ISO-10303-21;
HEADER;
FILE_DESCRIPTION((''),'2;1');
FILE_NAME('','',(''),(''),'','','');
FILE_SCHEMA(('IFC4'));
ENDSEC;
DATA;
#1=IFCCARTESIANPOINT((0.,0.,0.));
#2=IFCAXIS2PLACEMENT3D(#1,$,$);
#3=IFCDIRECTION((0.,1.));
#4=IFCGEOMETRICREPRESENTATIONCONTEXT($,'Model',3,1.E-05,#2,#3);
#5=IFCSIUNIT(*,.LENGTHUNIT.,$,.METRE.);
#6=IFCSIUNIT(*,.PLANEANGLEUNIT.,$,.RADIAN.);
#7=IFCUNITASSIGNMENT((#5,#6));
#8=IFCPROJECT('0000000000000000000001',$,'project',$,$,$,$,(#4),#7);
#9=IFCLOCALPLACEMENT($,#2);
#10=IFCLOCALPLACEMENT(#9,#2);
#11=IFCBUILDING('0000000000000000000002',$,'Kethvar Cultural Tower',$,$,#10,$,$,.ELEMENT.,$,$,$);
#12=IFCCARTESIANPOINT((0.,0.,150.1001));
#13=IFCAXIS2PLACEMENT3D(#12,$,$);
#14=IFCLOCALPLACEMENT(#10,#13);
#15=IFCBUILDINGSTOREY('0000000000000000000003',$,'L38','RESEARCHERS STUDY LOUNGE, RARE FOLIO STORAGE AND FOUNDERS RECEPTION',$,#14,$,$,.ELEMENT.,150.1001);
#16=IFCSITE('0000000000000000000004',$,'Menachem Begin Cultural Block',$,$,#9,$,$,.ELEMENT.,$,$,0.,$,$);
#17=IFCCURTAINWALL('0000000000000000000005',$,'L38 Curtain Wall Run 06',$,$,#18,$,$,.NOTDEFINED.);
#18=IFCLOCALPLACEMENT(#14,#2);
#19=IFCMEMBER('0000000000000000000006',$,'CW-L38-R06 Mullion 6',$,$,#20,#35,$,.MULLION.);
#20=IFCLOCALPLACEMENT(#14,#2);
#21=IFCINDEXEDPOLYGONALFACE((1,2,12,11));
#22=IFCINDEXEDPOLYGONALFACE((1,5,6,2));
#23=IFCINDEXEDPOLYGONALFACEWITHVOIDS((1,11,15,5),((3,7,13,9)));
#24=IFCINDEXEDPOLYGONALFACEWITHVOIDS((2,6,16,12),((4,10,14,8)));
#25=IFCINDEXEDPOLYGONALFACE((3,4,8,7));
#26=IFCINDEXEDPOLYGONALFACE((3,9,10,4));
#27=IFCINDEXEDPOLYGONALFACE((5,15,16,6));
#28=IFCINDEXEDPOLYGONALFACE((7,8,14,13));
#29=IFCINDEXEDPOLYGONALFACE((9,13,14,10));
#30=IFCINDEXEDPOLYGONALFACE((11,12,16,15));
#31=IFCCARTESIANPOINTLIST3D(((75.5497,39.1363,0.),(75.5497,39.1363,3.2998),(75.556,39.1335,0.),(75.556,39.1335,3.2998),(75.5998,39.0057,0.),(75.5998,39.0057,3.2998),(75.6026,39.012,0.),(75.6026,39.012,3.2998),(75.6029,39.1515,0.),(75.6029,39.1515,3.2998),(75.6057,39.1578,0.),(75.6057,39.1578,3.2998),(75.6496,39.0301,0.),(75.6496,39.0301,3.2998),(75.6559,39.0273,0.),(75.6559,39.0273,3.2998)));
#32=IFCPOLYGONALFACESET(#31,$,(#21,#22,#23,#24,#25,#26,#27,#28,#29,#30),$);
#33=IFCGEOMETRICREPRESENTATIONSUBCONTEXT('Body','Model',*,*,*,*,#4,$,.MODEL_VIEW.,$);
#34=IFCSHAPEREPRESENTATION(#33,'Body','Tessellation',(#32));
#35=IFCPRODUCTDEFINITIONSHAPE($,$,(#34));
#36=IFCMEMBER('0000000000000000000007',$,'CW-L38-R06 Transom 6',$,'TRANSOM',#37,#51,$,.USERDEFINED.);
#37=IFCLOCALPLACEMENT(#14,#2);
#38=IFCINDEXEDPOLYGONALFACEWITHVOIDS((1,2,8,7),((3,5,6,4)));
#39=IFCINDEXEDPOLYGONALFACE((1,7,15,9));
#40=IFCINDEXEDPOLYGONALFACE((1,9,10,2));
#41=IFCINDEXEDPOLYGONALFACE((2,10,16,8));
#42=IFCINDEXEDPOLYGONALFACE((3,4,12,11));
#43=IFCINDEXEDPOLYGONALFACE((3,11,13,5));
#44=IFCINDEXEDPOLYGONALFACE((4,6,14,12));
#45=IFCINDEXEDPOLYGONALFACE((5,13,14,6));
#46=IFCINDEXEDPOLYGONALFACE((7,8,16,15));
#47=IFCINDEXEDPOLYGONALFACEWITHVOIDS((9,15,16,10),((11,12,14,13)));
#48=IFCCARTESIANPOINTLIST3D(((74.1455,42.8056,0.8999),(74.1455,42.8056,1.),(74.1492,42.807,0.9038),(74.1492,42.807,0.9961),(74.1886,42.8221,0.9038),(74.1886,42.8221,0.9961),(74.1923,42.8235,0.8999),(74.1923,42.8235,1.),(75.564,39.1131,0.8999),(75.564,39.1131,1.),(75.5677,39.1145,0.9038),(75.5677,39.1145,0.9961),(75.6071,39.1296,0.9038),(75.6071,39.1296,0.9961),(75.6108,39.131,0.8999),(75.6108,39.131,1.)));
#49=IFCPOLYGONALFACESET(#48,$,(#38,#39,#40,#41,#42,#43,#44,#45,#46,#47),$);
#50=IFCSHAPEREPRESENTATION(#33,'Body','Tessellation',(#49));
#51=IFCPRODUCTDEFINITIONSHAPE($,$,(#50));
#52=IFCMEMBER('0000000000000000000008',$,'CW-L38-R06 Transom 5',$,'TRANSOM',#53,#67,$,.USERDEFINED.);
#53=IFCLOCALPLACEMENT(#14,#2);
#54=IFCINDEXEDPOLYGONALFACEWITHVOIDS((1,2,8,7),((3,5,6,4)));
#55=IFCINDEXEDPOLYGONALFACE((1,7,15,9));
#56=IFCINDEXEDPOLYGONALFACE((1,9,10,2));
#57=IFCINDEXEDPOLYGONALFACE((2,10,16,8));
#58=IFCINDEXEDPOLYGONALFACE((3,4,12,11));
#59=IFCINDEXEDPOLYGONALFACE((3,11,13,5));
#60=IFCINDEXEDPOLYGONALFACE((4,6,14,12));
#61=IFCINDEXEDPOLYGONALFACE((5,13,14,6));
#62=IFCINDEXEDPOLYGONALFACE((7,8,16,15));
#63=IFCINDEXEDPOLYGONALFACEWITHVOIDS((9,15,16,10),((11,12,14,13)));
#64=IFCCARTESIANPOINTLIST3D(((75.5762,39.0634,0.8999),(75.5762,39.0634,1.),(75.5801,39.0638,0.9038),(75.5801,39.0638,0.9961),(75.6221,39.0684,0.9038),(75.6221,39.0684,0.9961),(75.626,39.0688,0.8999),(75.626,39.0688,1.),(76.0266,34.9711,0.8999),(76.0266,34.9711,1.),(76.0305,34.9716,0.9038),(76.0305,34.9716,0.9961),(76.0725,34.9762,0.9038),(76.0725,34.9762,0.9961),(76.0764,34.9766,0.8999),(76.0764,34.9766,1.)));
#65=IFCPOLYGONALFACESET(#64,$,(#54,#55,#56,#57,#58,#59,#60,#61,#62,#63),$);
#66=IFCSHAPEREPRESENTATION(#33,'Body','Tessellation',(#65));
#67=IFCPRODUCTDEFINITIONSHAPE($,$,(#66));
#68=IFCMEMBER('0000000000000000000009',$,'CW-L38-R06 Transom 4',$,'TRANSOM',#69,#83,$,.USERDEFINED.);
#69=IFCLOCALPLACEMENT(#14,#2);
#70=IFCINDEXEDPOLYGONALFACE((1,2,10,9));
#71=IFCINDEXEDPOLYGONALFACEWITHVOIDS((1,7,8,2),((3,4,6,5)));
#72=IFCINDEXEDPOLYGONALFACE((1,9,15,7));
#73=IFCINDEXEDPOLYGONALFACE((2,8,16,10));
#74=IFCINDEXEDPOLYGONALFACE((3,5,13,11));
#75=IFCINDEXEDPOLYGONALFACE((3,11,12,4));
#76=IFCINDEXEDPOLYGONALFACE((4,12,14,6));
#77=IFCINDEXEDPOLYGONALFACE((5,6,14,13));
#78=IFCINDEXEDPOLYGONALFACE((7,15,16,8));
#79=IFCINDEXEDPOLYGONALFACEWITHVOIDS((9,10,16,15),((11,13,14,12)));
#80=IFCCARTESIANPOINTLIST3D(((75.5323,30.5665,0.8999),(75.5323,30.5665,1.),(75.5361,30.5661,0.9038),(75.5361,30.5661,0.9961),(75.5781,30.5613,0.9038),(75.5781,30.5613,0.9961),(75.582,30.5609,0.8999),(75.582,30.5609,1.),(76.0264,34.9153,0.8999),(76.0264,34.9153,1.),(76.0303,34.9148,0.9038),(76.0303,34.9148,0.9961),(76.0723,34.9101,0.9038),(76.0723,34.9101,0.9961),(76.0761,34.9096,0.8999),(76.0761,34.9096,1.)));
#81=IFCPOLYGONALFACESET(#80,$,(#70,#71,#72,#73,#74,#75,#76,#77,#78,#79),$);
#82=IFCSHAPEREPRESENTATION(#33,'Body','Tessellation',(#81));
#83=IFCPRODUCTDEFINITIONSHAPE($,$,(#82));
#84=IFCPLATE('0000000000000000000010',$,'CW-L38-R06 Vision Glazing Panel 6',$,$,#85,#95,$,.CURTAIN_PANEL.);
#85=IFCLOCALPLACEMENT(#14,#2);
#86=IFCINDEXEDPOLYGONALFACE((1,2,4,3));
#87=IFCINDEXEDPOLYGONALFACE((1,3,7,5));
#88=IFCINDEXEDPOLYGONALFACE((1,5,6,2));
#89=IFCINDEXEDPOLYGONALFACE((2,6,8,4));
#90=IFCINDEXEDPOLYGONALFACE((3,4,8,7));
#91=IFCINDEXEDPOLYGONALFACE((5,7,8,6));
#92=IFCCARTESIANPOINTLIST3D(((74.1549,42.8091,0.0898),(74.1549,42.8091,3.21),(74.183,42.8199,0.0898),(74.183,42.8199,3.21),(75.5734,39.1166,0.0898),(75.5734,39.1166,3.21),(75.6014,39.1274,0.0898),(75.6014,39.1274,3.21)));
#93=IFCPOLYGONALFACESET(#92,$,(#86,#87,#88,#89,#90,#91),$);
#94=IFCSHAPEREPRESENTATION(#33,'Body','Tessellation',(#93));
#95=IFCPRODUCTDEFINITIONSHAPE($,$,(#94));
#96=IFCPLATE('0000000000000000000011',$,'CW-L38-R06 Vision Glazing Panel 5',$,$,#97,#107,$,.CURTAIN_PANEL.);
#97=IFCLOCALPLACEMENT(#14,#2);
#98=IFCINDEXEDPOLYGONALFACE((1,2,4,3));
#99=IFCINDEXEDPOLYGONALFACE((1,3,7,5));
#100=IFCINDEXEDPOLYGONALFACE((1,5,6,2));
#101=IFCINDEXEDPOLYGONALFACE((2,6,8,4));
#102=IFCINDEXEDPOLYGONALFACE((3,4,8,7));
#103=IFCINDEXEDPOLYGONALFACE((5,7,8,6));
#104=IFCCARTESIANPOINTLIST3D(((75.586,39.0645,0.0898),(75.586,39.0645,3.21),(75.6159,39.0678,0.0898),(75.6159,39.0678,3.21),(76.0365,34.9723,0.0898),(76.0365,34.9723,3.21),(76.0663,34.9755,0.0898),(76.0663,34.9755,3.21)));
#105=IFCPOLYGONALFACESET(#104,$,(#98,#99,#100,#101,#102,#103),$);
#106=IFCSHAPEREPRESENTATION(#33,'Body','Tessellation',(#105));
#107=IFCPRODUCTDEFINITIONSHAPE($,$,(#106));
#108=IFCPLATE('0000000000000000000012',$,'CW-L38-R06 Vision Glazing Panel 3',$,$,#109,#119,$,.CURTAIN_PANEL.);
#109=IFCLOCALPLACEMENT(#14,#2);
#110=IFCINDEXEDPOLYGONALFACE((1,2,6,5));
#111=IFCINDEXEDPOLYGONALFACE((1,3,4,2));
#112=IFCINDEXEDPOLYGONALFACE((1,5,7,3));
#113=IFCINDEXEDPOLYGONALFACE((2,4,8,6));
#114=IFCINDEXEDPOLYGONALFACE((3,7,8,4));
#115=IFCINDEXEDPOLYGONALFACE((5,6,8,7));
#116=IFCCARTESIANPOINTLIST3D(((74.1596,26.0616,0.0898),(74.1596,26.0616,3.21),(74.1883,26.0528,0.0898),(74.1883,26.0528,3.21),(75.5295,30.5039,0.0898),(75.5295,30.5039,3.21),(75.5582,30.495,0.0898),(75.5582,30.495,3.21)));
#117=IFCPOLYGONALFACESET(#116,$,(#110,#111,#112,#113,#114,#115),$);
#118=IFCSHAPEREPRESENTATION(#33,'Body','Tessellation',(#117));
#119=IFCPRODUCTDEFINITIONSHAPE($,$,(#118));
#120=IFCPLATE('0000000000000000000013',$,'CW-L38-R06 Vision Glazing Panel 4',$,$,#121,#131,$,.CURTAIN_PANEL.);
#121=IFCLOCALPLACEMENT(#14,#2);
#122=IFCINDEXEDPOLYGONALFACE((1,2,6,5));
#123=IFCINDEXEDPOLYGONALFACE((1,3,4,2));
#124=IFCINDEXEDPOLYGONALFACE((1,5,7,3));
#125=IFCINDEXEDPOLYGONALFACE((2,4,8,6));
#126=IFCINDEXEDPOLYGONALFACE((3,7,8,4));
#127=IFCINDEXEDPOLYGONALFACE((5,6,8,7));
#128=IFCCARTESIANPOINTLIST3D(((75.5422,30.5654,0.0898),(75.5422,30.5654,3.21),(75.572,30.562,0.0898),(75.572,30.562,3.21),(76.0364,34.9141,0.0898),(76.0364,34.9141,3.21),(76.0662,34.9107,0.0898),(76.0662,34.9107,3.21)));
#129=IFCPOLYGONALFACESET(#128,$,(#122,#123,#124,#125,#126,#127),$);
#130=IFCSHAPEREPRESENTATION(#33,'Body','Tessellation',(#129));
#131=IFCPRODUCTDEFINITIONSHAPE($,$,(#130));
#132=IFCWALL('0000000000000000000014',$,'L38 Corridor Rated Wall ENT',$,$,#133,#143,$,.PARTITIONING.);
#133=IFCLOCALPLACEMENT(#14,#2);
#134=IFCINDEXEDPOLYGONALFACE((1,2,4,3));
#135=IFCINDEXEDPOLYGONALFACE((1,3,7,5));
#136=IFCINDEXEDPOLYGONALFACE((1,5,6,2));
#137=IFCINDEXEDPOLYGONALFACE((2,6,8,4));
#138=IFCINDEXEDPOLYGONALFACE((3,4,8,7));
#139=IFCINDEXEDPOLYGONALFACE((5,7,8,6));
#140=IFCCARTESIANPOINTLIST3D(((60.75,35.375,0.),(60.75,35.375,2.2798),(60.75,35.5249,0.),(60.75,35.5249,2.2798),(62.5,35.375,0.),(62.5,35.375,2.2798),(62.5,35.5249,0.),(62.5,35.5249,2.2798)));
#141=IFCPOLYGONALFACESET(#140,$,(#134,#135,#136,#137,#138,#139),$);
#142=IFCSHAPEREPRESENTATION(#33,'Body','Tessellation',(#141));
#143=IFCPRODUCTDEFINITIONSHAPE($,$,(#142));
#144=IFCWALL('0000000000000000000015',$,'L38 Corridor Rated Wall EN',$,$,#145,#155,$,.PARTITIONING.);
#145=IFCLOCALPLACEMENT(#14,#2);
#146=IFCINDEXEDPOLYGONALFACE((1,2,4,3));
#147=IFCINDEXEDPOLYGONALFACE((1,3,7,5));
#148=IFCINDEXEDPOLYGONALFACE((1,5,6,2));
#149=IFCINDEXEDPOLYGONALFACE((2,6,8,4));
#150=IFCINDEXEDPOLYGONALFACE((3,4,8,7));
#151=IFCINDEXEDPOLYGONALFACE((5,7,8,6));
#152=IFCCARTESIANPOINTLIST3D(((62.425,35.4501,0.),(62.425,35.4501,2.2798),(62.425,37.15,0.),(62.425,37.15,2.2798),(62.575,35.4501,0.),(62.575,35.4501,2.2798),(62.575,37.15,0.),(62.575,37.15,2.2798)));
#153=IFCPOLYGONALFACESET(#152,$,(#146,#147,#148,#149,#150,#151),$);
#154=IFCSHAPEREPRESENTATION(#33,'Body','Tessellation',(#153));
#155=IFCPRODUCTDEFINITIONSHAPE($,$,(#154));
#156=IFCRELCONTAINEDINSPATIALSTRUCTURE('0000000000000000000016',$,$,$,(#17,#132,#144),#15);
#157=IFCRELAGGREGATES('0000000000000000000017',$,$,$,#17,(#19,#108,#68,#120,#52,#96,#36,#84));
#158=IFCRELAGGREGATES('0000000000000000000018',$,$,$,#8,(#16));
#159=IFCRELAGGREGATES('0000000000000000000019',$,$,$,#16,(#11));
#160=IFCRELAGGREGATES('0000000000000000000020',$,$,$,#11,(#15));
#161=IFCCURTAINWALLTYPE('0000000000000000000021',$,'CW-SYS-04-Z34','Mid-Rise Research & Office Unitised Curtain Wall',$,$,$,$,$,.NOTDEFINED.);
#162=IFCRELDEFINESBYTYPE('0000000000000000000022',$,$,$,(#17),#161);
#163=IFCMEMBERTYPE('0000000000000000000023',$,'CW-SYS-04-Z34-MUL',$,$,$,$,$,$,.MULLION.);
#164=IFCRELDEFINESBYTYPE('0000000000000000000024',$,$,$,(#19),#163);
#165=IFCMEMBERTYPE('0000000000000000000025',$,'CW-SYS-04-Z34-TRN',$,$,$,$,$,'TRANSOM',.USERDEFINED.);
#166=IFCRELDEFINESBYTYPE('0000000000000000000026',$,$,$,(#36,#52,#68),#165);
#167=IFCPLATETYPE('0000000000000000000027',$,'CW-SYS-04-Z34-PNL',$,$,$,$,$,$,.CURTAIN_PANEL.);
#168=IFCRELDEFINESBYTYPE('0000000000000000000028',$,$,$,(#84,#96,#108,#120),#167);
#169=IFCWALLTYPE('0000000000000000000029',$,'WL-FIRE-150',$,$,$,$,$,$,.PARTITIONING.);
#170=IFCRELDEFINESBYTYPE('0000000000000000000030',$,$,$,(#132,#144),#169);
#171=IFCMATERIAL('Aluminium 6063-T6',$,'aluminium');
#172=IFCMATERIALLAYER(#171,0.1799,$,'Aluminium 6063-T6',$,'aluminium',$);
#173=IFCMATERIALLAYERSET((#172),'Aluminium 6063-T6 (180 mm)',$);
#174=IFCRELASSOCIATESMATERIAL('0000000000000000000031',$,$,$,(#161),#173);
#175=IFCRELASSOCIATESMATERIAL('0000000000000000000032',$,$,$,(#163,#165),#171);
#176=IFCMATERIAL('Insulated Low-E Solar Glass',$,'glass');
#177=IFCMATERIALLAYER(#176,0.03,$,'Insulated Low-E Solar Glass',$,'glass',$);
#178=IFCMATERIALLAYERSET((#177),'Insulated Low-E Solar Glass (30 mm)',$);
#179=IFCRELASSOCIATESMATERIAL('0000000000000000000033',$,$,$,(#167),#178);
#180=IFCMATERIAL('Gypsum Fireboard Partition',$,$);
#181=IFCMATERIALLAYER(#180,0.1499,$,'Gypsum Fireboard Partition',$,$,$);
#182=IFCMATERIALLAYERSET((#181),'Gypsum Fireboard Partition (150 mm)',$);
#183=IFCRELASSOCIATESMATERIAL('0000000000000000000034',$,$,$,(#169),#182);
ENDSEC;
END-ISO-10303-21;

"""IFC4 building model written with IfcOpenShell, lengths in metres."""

from ifc_helpers import new_model, si_unit, direction, frame, frame_2d, origin, origin_2d, place, context, subcontext, project, spatial, rectangle, hollow_rectangle, extrude, source, transform, mapped, material, layer, layer_set, material_profile, profile_set, type_object, element, aggregate, save


model = new_model("IFC4")

# Units and contexts
model_context = context("Model", 3, precision=1e-05, world=origin(), true_north=direction((0.0, 1.0)))
body_context = subcontext(model_context, "Body", "Model", "MODEL_VIEW")
ifc_project = project(units=[si_unit("LENGTHUNIT", "METRE"), si_unit("PLANEANGLEUNIT", "RADIAN")], contexts=[model_context])

# Site, building, storey
site_placement = place(None, origin())
site = spatial("IfcSite", under=ifc_project, at=site_placement, Name="Menachem Begin Cultural Block", CompositionType="ELEMENT", RefElevation=0.0)
building_placement = place(site_placement, origin())
building = spatial("IfcBuilding", under=site, at=building_placement, Name="Kethvar Cultural Tower", CompositionType="ELEMENT")
storey_placement = place(building_placement, frame((0.0, 0.0, 150.1001)))
storey = spatial("IfcBuildingStorey", under=building, at=storey_placement, Name="L38", Description="RESEARCHERS STUDY LOUNGE, RARE FOLIO STORAGE AND FOUNDERS RECEPTION", CompositionType="ELEMENT", Elevation=150.1001)

# Curtain wall, members, plates
ifc_material_1 = material(Name="Aluminium 6063-T6", Category="aluminium")
ifc_layer_1 = layer(ifc_material_1, 0.1799, Name="Aluminium 6063-T6", Category="aluminium")
ifc_layer_set_1 = layer_set([ifc_layer_1], Name="Aluminium 6063-T6 (180 mm)")
curtain_wall_type = type_object("IfcCurtainWallType", Name="CW-SYS-04-Z34", Description="Mid-Rise Research & Office Unitised Curtain Wall", PredefinedType="NOTDEFINED", material=ifc_layer_set_1)
curtain_wall_placement = place(storey_placement, origin())
curtain_wall = element("IfcCurtainWall", 1, at=curtain_wall_placement, inside=storey, type_object=curtain_wall_type, Name="L38 Curtain Wall Run 06", PredefinedType="NOTDEFINED")
ifc_material_profile_1 = material_profile(ifc_material_1, hollow_rectangle(XDim=0.0601, YDim=0.1399, WallThickness=0.0049, at=origin_2d()), Name="Aluminium 6063-T6 — RHS140x60x5")
ifc_profile_set_1 = profile_set([ifc_material_profile_1], Name="Aluminium 6063-T6 — RHS140x60x5")
member_type_1 = type_object("IfcMemberType", Name="CW-SYS-04-Z34-MUL", PredefinedType="MULLION", material=ifc_profile_set_1)
shared_shape_1 = source(origin(), body_context, "Body", "SweptSolid", [
    extrude(hollow_rectangle(XDim=0.0601, YDim=0.1399, WallThickness=0.0049, at=origin_2d()), origin(), (0.0, 0.0, 1.0), 3.2998),
])
member_1_placement = place(storey_placement, frame((75.6028, 39.0818, 0.0), z_axis=(0.0, 0.0, 1.0), x_axis=(-0.933493, -0.358596, 0.0)))
member_1 = element("IfcMember", 2, at=member_1_placement, type_object=member_type_1, Name="CW-L38-R06 Mullion 6", PredefinedType="MULLION", context=body_context, shape_type="MappedRepresentation", body=[
    mapped(shared_shape_1, transform((0.0, 0.0, 0.0), scale=1.0)),
])
ifc_material_profile_2 = material_profile(ifc_material_1, hollow_rectangle(XDim=0.05, YDim=0.1001, WallThickness=0.0039, at=origin_2d()), Name="Aluminium 6063-T6 — RHS100x50x4")
ifc_profile_set_2 = profile_set([ifc_material_profile_2], Name="Aluminium 6063-T6 — RHS100x50x4")
member_type_2 = type_object("IfcMemberType", Name="CW-SYS-04-Z34-TRN", ElementType="TRANSOM", PredefinedType="USERDEFINED", material=ifc_profile_set_2)
shared_shape_2 = source(origin(), body_context, "Body", "SweptSolid", [
    extrude(hollow_rectangle(XDim=0.05, YDim=0.1001, WallThickness=0.0039, at=origin_2d()), origin(), (0.0, 0.0, 1.0), 3.9556),
])
member_2_placement = place(storey_placement, frame((75.5874, 39.1221, 0.95), z_axis=(-0.358607, 0.933489, 0.0), x_axis=(-0.933489, -0.358607, 0.0)))
member_2 = element("IfcMember", 3, at=member_2_placement, type_object=member_type_2, Name="CW-L38-R06 Transom 6", ObjectType="TRANSOM", PredefinedType="USERDEFINED", context=body_context, shape_type="MappedRepresentation", body=[
    mapped(shared_shape_2, transform((0.0, 0.0, 0.0), scale=1.0)),
])
shared_shape_3 = source(origin(), body_context, "Body", "SweptSolid", [
    extrude(hollow_rectangle(XDim=0.05, YDim=0.1001, WallThickness=0.0039, at=origin_2d()), origin(), (0.0, 0.0, 1.0), 4.1169),
])
member_3_placement = place(storey_placement, frame((76.0515, 34.9739, 0.95), z_axis=(-0.10941, 0.993997, 0.0), x_axis=(-0.993997, -0.10941, 0.0)))
member_3 = element("IfcMember", 4, at=member_3_placement, type_object=member_type_2, Name="CW-L38-R06 Transom 5", ObjectType="TRANSOM", PredefinedType="USERDEFINED", context=body_context, shape_type="MappedRepresentation", body=[
    mapped(shared_shape_3, transform((0.0, 0.0, 0.0), scale=1.0)),
])
shared_shape_4 = source(origin(), body_context, "Body", "SweptSolid", [
    extrude(hollow_rectangle(XDim=0.05, YDim=0.1001, WallThickness=0.0039, at=origin_2d()), origin(), (0.0, 0.0, 1.0), 4.3767),
])
member_4_placement = place(storey_placement, frame((75.5571, 30.5637, 0.95), z_axis=(0.112905, 0.993606, 0.0), x_axis=(-0.993606, 0.112905, 0.0)))
member_4 = element("IfcMember", 5, at=member_4_placement, type_object=member_type_2, Name="CW-L38-R06 Transom 4", ObjectType="TRANSOM", PredefinedType="USERDEFINED", context=body_context, shape_type="MappedRepresentation", body=[
    mapped(shared_shape_4, transform((0.0, 0.0, 0.0), scale=1.0)),
])
ifc_material_2 = material(Name="Insulated Low-E Solar Glass", Category="glass")
ifc_layer_2 = layer(ifc_material_2, 0.03, Name="Insulated Low-E Solar Glass", Category="glass")
ifc_layer_set_2 = layer_set([ifc_layer_2], Name="Insulated Low-E Solar Glass (30 mm)")
plate_type = type_object("IfcPlateType", Name="CW-SYS-04-Z34-PNL", PredefinedType="CURTAIN_PANEL", material=ifc_layer_set_2)
shared_shape_5 = source(origin(), body_context, "Body", "SweptSolid", [
    extrude(rectangle(XDim=3.9556, YDim=0.03, at=origin_2d()), origin(), (0.0, 0.0, 1.0), 3.1201),
])
plate_1_placement = place(storey_placement, frame((74.8782, 40.9683, 0.0898), z_axis=(0.0, 0.0, 1.0), x_axis=(-0.358596, 0.933493, 0.0)))
plate_1 = element("IfcPlate", 6, at=plate_1_placement, type_object=plate_type, Name="CW-L38-R06 Vision Glazing Panel 6", PredefinedType="CURTAIN_PANEL", context=body_context, shape_type="MappedRepresentation", body=[
    mapped(shared_shape_5, transform((0.0, 0.0, 0.0), scale=1.0)),
])
shared_shape_6 = source(origin(), body_context, "Body", "SweptSolid", [
    extrude(rectangle(XDim=4.1169, YDim=0.03, at=origin_2d()), origin(), (0.0, 0.0, 1.0), 3.1201),
])
plate_2_placement = place(storey_placement, frame((75.8262, 37.02, 0.0898), z_axis=(0.0, 0.0, 1.0), x_axis=(-0.109405, 0.993997, 0.0)))
plate_2 = element("IfcPlate", 7, at=plate_2_placement, type_object=plate_type, Name="CW-L38-R06 Vision Glazing Panel 5", PredefinedType="CURTAIN_PANEL", context=body_context, shape_type="MappedRepresentation", body=[
    mapped(shared_shape_6, transform((0.0, 0.0, 0.0), scale=1.0)),
])
shared_shape_7 = source(origin(), body_context, "Body", "SweptSolid", [
    extrude(rectangle(XDim=4.6487, YDim=0.03, at=origin_2d()), origin(), (0.0, 0.0, 1.0), 3.1201),
])
plate_3_placement = place(storey_placement, frame((74.8589, 28.2783, 0.0898), z_axis=(0.0, 0.0, 1.0), x_axis=(0.294674, 0.955598, 0.0)))
plate_3 = element("IfcPlate", 8, at=plate_3_placement, type_object=plate_type, Name="CW-L38-R06 Vision Glazing Panel 3", PredefinedType="CURTAIN_PANEL", context=body_context, shape_type="MappedRepresentation", body=[
    mapped(shared_shape_7, transform((0.0, 0.0, 0.0), scale=1.0)),
])
shared_shape_8 = source(origin(), body_context, "Body", "SweptSolid", [
    extrude(rectangle(XDim=4.3767, YDim=0.03, at=origin_2d()), origin(), (0.0, 0.0, 1.0), 3.1201),
])
plate_4_placement = place(storey_placement, frame((75.8042, 32.738, 0.0898), z_axis=(0.0, 0.0, 1.0), x_axis=(0.112926, 0.993603, 0.0)))
plate_4 = element("IfcPlate", 9, at=plate_4_placement, type_object=plate_type, Name="CW-L38-R06 Vision Glazing Panel 4", PredefinedType="CURTAIN_PANEL", context=body_context, shape_type="MappedRepresentation", body=[
    mapped(shared_shape_8, transform((0.0, 0.0, 0.0), scale=1.0)),
])
aggregate(curtain_wall, [member_1, plate_3, member_4, plate_4, member_3, plate_2, member_2, plate_1])

# Walls
ifc_material_3 = material(Name="Gypsum Fireboard Partition")
ifc_layer_3 = layer(ifc_material_3, 0.1499, Name="Gypsum Fireboard Partition")
ifc_layer_set_3 = layer_set([ifc_layer_3], Name="Gypsum Fireboard Partition (150 mm)")
wall_type = type_object("IfcWallType", Name="WL-FIRE-150", PredefinedType="PARTITIONING", material=ifc_layer_set_3)
wall_1_placement = place(storey_placement, frame((60.75, 35.45, 0.0), z_axis=(0.0, 0.0, 1.0), x_axis=(1.0, 0.0, 0.0)))
element("IfcWall", 10, at=wall_1_placement, inside=storey, type_object=wall_type, Name="L38 Corridor Rated Wall ENT", PredefinedType="PARTITIONING", context=body_context, shape_type="SweptSolid", body=[
    extrude(rectangle(XDim=1.75, YDim=0.1499, at=frame_2d((0.875, 0.0))), origin(), (0.0, 0.0, 1.0), 2.2798),
])
wall_2_placement = place(storey_placement, frame((62.5, 35.45, 0.0), z_axis=(0.0, 0.0, 1.0), x_axis=(0.0, 1.0, 0.0)))
element("IfcWall", 11, at=wall_2_placement, inside=storey, type_object=wall_type, Name="L38 Corridor Rated Wall EN", PredefinedType="PARTITIONING", context=body_context, shape_type="SweptSolid", body=[
    extrude(rectangle(XDim=1.7, YDim=0.1499, at=frame_2d((0.8501, 0.0))), origin(), (0.0, 0.0, 1.0), 2.2798),
])

save(model, "model.ifc")
